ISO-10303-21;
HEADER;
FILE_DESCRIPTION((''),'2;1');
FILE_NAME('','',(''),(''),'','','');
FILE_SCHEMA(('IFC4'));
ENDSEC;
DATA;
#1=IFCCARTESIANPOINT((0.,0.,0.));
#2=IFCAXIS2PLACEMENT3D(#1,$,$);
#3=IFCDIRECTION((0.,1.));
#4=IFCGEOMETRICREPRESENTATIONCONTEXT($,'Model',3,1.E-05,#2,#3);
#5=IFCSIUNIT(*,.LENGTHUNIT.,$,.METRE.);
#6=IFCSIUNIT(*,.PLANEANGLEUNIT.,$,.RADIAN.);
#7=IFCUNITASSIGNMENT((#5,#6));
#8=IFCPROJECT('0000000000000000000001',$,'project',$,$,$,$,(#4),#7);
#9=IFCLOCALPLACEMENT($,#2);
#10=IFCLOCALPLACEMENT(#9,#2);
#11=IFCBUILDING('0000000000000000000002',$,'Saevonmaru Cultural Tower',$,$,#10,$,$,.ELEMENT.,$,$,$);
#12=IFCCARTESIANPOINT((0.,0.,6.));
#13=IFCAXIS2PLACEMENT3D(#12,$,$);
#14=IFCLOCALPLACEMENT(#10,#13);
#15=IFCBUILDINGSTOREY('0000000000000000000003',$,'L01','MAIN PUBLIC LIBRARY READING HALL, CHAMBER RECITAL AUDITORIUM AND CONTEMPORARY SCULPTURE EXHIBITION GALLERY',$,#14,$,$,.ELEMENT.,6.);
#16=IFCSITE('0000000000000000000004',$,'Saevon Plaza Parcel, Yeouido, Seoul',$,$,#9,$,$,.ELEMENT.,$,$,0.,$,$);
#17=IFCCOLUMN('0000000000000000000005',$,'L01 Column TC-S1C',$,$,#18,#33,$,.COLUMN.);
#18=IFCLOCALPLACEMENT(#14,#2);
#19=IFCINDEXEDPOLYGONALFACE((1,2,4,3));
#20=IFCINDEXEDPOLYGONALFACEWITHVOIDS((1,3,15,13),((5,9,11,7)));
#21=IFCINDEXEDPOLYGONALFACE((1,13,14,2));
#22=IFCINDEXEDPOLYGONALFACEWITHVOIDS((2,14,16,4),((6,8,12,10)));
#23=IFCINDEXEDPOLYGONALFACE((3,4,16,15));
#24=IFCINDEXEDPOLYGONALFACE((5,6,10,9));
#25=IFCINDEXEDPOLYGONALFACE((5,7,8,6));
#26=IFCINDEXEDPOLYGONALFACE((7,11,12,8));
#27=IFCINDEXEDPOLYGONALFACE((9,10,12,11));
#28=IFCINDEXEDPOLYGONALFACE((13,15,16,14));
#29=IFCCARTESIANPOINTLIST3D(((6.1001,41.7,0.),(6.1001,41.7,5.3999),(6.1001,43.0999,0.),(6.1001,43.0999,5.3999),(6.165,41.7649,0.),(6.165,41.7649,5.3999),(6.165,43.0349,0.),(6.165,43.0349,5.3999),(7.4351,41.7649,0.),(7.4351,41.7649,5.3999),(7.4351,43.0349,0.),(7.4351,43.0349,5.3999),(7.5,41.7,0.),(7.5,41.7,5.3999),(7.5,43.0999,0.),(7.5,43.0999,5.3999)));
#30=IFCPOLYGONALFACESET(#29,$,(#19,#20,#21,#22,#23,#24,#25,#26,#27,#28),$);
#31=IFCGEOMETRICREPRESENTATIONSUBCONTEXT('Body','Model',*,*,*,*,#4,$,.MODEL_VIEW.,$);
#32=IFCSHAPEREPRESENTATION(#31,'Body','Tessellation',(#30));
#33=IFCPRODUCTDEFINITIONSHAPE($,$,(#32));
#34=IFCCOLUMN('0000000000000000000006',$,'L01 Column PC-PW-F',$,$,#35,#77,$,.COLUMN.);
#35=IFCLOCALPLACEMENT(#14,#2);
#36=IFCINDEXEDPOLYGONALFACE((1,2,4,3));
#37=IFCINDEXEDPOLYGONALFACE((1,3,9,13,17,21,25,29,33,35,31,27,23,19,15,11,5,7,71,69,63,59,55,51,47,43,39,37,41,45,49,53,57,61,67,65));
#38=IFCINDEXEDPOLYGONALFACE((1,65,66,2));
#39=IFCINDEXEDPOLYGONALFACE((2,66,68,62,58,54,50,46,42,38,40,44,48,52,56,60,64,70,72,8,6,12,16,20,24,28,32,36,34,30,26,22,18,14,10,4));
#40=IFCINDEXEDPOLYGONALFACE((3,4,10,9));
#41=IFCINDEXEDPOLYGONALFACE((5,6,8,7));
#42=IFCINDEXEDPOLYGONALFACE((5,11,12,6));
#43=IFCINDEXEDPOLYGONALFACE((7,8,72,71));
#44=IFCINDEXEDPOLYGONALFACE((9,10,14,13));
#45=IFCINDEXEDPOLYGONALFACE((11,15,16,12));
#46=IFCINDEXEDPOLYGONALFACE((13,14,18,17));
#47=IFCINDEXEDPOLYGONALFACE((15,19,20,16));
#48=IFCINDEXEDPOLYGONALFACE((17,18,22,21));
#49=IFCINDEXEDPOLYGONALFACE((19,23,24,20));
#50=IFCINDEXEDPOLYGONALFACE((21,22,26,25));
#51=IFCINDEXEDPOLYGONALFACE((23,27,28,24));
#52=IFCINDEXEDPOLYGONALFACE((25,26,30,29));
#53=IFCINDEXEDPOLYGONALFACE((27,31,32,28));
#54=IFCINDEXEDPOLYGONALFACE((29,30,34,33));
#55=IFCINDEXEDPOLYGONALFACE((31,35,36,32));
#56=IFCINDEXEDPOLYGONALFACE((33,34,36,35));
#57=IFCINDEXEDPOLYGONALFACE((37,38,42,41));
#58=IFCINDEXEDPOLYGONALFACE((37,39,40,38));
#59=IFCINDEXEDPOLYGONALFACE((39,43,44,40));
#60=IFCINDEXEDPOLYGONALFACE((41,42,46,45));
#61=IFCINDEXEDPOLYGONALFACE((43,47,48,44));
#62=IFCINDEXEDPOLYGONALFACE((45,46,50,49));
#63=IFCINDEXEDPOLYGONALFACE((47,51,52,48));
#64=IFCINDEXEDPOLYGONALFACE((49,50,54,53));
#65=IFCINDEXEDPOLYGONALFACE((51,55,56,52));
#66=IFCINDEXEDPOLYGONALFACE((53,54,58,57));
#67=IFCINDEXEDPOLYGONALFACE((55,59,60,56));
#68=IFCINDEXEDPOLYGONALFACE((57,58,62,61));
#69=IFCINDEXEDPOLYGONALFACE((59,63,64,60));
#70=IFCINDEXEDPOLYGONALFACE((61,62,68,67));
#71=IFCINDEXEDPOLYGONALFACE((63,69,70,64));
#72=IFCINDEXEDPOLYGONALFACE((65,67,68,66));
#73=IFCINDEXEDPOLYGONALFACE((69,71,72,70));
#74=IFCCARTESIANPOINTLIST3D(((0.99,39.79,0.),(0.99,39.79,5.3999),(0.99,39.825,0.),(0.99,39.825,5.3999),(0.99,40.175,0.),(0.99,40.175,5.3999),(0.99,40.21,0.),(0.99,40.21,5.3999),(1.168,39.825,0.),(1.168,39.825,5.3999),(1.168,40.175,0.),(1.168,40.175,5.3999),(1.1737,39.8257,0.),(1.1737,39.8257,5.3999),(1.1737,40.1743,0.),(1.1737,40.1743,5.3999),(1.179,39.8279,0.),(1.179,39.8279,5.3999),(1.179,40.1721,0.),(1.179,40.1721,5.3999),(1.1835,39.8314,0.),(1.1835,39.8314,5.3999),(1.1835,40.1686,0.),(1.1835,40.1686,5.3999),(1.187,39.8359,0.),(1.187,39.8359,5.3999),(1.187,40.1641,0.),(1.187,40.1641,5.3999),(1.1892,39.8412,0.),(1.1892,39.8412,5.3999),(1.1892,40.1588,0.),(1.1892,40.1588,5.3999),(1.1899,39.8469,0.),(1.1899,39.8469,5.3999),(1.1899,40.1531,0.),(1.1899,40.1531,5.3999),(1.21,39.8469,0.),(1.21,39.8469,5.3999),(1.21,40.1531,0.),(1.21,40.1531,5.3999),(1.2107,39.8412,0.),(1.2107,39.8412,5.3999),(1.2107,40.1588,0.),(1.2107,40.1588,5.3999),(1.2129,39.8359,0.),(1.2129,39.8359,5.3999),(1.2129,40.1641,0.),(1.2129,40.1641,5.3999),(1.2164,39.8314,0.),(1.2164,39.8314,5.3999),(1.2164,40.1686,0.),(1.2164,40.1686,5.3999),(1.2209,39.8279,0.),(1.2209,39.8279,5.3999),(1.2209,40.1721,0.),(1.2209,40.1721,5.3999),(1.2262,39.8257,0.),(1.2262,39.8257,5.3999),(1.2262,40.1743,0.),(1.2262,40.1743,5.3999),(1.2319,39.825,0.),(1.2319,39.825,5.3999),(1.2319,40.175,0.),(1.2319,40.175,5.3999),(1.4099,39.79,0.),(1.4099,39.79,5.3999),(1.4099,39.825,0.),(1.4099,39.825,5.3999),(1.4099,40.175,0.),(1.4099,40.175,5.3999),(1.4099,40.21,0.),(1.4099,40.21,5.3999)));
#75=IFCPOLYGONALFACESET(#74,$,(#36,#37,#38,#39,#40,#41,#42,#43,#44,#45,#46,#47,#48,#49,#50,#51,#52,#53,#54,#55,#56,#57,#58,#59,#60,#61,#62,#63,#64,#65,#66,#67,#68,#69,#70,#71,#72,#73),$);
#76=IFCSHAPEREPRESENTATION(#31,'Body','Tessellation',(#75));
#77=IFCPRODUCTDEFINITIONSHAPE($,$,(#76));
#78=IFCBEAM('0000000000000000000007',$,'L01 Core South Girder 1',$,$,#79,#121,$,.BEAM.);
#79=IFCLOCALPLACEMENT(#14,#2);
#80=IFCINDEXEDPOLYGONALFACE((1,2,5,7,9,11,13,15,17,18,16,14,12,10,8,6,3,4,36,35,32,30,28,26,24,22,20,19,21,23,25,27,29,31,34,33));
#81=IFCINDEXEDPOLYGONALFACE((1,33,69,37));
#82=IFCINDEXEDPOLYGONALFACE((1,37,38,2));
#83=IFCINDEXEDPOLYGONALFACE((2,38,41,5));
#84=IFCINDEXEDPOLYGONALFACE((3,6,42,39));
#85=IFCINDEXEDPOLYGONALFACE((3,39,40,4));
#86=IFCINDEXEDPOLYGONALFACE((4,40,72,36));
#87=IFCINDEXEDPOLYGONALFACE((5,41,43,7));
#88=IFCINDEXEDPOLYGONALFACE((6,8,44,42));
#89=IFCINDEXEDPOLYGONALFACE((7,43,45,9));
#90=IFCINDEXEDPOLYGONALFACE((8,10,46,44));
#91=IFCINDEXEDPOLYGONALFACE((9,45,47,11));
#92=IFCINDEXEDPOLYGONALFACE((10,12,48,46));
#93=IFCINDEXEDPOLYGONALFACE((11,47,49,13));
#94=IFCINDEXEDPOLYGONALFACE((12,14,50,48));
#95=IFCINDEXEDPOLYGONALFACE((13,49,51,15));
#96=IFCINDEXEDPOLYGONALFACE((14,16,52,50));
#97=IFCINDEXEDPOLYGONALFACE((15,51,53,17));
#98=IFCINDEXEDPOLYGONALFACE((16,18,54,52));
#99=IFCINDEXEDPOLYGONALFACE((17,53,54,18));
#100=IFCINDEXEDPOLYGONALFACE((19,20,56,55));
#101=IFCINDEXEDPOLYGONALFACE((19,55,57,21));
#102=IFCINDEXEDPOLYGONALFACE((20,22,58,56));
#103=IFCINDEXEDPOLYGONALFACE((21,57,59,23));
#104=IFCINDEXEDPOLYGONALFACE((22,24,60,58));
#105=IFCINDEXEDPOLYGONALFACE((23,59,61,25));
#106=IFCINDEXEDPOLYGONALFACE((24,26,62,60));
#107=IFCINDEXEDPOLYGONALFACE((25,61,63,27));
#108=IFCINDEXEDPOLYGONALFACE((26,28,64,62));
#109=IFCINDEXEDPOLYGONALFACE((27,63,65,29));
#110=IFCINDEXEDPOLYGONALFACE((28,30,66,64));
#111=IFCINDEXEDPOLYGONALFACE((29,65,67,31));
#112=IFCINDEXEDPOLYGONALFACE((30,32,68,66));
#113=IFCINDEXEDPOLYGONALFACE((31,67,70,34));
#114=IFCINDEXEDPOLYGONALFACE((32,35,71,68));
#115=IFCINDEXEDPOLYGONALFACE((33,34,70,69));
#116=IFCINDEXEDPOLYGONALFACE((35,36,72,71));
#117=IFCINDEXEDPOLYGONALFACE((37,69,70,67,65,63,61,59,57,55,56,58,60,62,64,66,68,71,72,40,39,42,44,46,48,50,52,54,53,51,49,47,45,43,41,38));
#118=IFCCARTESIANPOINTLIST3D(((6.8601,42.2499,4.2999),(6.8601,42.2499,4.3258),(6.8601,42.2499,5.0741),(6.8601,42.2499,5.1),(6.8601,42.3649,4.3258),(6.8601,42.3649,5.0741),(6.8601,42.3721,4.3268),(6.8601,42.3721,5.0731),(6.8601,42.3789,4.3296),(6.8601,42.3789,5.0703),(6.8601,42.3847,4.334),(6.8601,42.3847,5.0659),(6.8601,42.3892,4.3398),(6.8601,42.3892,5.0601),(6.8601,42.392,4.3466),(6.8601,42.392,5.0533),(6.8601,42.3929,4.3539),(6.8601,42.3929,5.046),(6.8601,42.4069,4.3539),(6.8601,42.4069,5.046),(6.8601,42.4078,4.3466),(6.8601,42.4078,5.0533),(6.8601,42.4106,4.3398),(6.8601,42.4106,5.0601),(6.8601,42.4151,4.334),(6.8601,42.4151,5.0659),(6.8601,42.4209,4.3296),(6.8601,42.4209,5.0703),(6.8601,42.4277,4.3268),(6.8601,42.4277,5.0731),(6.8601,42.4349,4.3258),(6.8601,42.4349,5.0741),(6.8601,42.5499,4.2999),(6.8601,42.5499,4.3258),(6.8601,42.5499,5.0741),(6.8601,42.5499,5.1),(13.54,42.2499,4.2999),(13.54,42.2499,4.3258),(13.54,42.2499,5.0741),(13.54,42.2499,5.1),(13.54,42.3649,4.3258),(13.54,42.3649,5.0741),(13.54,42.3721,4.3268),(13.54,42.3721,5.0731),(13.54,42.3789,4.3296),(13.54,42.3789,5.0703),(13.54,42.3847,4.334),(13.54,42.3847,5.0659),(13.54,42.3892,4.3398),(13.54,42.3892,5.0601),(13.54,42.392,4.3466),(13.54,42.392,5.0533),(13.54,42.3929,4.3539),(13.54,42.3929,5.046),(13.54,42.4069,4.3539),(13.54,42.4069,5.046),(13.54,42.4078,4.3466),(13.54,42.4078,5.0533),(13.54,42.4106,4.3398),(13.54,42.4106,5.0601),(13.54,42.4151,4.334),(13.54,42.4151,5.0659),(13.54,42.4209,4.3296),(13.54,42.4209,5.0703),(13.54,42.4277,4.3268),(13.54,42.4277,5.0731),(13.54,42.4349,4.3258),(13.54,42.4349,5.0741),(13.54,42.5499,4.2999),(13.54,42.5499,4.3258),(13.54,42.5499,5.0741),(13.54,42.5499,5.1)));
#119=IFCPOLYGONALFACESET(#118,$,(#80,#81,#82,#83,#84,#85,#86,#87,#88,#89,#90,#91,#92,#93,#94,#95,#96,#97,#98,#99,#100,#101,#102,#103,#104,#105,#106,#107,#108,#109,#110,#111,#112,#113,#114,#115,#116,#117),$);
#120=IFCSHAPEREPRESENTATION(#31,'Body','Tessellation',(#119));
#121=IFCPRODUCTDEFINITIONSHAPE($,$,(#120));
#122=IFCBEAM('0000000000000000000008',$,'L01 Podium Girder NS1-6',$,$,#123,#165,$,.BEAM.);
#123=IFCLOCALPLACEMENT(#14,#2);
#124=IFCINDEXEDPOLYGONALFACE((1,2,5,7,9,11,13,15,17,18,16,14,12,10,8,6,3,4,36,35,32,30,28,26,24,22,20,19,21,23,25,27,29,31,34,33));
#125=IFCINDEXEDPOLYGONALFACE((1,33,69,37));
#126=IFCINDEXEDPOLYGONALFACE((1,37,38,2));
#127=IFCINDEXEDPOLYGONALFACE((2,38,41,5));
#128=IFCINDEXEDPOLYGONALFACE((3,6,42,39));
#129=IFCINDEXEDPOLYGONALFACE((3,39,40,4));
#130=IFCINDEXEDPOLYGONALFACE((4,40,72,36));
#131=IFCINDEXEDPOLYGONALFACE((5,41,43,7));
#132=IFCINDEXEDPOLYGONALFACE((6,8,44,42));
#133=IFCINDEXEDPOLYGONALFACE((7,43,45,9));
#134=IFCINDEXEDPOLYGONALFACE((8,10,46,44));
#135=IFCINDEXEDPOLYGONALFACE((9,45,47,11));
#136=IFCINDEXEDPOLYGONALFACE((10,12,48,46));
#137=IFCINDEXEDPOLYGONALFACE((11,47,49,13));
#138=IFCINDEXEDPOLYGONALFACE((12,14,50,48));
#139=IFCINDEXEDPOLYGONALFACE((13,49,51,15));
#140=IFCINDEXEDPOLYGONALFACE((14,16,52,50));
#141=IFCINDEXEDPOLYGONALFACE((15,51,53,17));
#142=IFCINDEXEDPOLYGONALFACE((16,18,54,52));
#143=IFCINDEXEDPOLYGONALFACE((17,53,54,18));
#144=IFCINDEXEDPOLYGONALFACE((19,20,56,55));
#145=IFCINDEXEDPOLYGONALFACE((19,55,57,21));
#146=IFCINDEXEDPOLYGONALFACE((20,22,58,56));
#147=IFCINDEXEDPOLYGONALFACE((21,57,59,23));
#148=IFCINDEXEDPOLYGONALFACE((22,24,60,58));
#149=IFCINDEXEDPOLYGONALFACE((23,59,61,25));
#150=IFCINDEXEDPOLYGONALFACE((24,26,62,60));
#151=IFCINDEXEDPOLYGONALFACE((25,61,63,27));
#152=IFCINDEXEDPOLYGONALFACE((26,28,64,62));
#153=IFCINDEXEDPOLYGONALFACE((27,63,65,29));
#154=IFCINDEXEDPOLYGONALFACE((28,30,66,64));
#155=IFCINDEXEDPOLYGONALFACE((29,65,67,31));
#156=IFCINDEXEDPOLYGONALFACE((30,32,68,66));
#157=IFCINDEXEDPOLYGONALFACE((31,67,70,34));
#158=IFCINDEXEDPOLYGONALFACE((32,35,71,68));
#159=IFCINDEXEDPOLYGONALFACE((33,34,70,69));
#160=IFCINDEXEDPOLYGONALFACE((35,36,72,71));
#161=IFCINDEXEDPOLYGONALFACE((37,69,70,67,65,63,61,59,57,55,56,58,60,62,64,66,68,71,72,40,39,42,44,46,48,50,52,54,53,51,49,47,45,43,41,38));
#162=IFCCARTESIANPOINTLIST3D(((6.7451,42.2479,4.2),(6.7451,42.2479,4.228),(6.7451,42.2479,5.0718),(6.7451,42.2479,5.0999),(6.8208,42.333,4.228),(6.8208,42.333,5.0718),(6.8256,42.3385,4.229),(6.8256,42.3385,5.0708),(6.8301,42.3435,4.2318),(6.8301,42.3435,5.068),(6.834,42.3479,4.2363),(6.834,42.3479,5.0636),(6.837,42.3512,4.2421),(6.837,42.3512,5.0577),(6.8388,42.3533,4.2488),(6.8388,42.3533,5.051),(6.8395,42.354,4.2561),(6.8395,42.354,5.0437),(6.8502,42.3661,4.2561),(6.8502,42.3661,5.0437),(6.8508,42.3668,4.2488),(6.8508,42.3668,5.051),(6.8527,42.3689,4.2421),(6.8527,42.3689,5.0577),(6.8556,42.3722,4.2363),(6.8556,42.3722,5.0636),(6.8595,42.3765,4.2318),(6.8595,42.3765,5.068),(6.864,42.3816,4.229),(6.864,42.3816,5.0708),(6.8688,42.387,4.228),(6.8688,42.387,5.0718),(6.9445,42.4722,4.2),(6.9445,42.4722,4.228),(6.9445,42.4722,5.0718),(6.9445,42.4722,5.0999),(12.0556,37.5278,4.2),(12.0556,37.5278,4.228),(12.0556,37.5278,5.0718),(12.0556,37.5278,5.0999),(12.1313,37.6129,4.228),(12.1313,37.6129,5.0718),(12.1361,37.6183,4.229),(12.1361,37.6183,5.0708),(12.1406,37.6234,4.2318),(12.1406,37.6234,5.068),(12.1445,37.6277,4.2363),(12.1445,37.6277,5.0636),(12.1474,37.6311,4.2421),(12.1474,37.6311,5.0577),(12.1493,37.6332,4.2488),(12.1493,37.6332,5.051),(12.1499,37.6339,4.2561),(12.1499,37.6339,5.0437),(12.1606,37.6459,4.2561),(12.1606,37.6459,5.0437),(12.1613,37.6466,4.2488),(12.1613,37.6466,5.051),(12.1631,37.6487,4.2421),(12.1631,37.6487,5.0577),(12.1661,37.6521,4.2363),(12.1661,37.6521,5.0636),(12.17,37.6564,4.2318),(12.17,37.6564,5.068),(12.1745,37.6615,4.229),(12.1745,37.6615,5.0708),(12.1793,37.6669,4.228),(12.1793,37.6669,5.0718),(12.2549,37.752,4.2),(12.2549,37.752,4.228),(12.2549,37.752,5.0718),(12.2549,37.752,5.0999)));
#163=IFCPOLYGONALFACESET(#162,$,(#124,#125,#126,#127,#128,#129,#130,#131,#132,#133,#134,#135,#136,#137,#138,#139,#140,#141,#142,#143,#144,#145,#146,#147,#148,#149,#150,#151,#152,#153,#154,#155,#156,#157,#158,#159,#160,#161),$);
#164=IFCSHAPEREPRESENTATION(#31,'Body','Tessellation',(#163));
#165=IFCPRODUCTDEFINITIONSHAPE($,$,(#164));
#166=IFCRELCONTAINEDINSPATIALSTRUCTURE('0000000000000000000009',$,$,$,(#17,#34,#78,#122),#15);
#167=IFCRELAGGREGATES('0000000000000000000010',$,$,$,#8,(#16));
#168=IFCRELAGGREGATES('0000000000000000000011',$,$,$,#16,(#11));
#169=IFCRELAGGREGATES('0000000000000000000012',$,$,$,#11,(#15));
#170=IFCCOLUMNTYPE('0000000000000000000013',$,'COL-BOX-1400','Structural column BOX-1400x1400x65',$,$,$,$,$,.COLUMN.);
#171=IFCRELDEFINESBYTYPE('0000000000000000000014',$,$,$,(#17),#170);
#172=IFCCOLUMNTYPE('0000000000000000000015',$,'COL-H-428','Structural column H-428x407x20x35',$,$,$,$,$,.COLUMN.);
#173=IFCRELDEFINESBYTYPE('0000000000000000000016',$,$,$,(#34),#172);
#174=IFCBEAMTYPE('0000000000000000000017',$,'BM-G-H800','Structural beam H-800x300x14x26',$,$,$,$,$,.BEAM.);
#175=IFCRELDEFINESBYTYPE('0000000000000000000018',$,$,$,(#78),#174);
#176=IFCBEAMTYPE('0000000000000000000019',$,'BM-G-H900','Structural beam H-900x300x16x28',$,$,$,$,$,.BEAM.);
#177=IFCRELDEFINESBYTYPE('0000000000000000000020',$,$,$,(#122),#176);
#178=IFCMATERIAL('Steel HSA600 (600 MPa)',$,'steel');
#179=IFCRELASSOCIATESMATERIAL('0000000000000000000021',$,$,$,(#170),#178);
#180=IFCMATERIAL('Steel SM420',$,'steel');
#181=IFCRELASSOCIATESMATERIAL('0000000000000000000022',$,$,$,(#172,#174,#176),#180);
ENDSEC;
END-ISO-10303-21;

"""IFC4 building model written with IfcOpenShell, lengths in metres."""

from ifc_helpers import new_model, si_unit, direction, frame, origin, origin_2d, place, context, subcontext, project, spatial, hollow_rectangle, i_section, extrude, material, material_profile, profile_set, type_object, element, save


model = new_model("IFC4")

# Units and contexts
model_context = context("Model", 3, precision=1e-05, world=origin(), true_north=direction((0.0, 1.0)))
body_context = subcontext(model_context, "Body", "Model", "MODEL_VIEW")
ifc_project = project(units=[si_unit("LENGTHUNIT", "METRE"), si_unit("PLANEANGLEUNIT", "RADIAN")], contexts=[model_context])

# Site, building, storey
site_placement = place(None, origin())
site = spatial("IfcSite", under=ifc_project, at=site_placement, Name="Saevon Plaza Parcel, Yeouido, Seoul", CompositionType="ELEMENT", RefElevation=0.0)
building_placement = place(site_placement, origin())
building = spatial("IfcBuilding", under=site, at=building_placement, Name="Saevonmaru Cultural Tower", CompositionType="ELEMENT")
storey_placement = place(building_placement, frame((0.0, 0.0, 6.0)))
storey = spatial("IfcBuildingStorey", under=building, at=storey_placement, Name="L01", Description="MAIN PUBLIC LIBRARY READING HALL, CHAMBER RECITAL AUDITORIUM AND CONTEMPORARY SCULPTURE EXHIBITION GALLERY", CompositionType="ELEMENT", Elevation=6.0)

# Columns
ifc_material_1 = material(Name="Steel HSA600 (600 MPa)", Category="steel")
ifc_material_profile_1 = material_profile(ifc_material_1, hollow_rectangle(XDim=1.3999, YDim=1.3999, WallThickness=0.0649, at=origin_2d()), Name="BOX-1400x1400x65")
ifc_profile_set_1 = profile_set([ifc_material_profile_1], Name="Steel HSA600 (600 MPa)")
column_type_1 = type_object("IfcColumnType", Name="COL-BOX-1400", Description="Structural column BOX-1400x1400x65", PredefinedType="COLUMN", material=ifc_profile_set_1)
column_1_placement = place(storey_placement, frame((6.8, 42.3999, 0.0), z_axis=(0.0, 0.0, 1.0), x_axis=(1.0, 0.0, 0.0)))
element("IfcColumn", 1, at=column_1_placement, inside=storey, type_object=column_type_1, Name="L01 Column TC-S1C", PredefinedType="COLUMN", context=body_context, shape_type="SweptSolid", body=[
    extrude(hollow_rectangle(XDim=1.3999, YDim=1.3999, WallThickness=0.0649, at=origin_2d()), origin(), (0.0, 0.0, 1.0), 5.3999),
])
ifc_material_2 = material(Name="Steel SM420", Category="steel")
ifc_material_profile_2 = material_profile(ifc_material_2, i_section(OverallWidth=0.4199, OverallDepth=0.4199, WebThickness=0.02, FlangeThickness=0.0349, FilletRadius=0.022, at=origin_2d()), Name="H-428x407x20x35")
ifc_profile_set_2 = profile_set([ifc_material_profile_2], Name="Steel SM420")
column_type_2 = type_object("IfcColumnType", Name="COL-H-428", Description="Structural column H-428x407x20x35", PredefinedType="COLUMN", material=ifc_profile_set_2)
column_2_placement = place(storey_placement, frame((1.2, 40.0, 0.0), z_axis=(0.0, 0.0, 1.0), x_axis=(1.0, 0.0, 0.0)))
element("IfcColumn", 2, at=column_2_placement, inside=storey, type_object=column_type_2, Name="L01 Column PC-PW-F", PredefinedType="COLUMN", context=body_context, shape_type="SweptSolid", body=[
    extrude(i_section(OverallWidth=0.4199, OverallDepth=0.4199, WebThickness=0.02, FlangeThickness=0.0349, FilletRadius=0.022, at=origin_2d()), origin(), (0.0, 0.0, 1.0), 5.3999),
])

# Beams
ifc_material_profile_3 = material_profile(ifc_material_2, i_section(OverallWidth=0.3, OverallDepth=0.8, WebThickness=0.0139, FlangeThickness=0.0259, FilletRadius=0.0281, at=origin_2d()), Name="H-800x300x14x26")
ifc_profile_set_3 = profile_set([ifc_material_profile_3], Name="Steel SM420")
beam_type_1 = type_object("IfcBeamType", Name="BM-G-H800", Description="Structural beam H-800x300x14x26", PredefinedType="BEAM", material=ifc_profile_set_3)
beam_1_placement = place(storey_placement, frame((6.8601, 42.3999, 4.7), z_axis=(1.0, 0.0, 0.0), x_axis=(0.0, 1.0, 0.0)))
element("IfcBeam", 3, at=beam_1_placement, inside=storey, type_object=beam_type_1, Name="L01 Core South Girder 1", PredefinedType="BEAM", context=body_context, shape_type="SweptSolid", body=[
    extrude(i_section(OverallWidth=0.3, OverallDepth=0.8, WebThickness=0.0139, FlangeThickness=0.0259, FilletRadius=0.0281, at=origin_2d()), origin(), (0.0, 0.0, 1.0), 6.6799),
])
ifc_material_profile_4 = material_profile(ifc_material_2, i_section(OverallWidth=0.3, OverallDepth=0.8999, WebThickness=0.0161, FlangeThickness=0.0281, FilletRadius=0.0281, at=origin_2d()), Name="H-900x300x16x28")
ifc_profile_set_4 = profile_set([ifc_material_profile_4], Name="Steel SM420")
beam_type_2 = type_object("IfcBeamType", Name="BM-G-H900", Description="Structural beam H-900x300x16x28", PredefinedType="BEAM", material=ifc_profile_set_4)
beam_2_placement = place(storey_placement, frame((12.1553, 37.6399, 4.6499), z_axis=(-0.747428, 0.664343, 0.0), x_axis=(-0.664343, -0.747428, 0.0)))
element("IfcBeam", 4, at=beam_2_placement, inside=storey, type_object=beam_type_2, Name="L01 Podium Girder NS1-6", PredefinedType="BEAM", context=body_context, shape_type="SweptSolid", body=[
    extrude(i_section(OverallWidth=0.3, OverallDepth=0.8999, WebThickness=0.0161, FlangeThickness=0.0281, FilletRadius=0.0281, at=origin_2d()), origin(), (0.0, 0.0, 1.0), 7.105),
])

save(model, "model.ifc")
